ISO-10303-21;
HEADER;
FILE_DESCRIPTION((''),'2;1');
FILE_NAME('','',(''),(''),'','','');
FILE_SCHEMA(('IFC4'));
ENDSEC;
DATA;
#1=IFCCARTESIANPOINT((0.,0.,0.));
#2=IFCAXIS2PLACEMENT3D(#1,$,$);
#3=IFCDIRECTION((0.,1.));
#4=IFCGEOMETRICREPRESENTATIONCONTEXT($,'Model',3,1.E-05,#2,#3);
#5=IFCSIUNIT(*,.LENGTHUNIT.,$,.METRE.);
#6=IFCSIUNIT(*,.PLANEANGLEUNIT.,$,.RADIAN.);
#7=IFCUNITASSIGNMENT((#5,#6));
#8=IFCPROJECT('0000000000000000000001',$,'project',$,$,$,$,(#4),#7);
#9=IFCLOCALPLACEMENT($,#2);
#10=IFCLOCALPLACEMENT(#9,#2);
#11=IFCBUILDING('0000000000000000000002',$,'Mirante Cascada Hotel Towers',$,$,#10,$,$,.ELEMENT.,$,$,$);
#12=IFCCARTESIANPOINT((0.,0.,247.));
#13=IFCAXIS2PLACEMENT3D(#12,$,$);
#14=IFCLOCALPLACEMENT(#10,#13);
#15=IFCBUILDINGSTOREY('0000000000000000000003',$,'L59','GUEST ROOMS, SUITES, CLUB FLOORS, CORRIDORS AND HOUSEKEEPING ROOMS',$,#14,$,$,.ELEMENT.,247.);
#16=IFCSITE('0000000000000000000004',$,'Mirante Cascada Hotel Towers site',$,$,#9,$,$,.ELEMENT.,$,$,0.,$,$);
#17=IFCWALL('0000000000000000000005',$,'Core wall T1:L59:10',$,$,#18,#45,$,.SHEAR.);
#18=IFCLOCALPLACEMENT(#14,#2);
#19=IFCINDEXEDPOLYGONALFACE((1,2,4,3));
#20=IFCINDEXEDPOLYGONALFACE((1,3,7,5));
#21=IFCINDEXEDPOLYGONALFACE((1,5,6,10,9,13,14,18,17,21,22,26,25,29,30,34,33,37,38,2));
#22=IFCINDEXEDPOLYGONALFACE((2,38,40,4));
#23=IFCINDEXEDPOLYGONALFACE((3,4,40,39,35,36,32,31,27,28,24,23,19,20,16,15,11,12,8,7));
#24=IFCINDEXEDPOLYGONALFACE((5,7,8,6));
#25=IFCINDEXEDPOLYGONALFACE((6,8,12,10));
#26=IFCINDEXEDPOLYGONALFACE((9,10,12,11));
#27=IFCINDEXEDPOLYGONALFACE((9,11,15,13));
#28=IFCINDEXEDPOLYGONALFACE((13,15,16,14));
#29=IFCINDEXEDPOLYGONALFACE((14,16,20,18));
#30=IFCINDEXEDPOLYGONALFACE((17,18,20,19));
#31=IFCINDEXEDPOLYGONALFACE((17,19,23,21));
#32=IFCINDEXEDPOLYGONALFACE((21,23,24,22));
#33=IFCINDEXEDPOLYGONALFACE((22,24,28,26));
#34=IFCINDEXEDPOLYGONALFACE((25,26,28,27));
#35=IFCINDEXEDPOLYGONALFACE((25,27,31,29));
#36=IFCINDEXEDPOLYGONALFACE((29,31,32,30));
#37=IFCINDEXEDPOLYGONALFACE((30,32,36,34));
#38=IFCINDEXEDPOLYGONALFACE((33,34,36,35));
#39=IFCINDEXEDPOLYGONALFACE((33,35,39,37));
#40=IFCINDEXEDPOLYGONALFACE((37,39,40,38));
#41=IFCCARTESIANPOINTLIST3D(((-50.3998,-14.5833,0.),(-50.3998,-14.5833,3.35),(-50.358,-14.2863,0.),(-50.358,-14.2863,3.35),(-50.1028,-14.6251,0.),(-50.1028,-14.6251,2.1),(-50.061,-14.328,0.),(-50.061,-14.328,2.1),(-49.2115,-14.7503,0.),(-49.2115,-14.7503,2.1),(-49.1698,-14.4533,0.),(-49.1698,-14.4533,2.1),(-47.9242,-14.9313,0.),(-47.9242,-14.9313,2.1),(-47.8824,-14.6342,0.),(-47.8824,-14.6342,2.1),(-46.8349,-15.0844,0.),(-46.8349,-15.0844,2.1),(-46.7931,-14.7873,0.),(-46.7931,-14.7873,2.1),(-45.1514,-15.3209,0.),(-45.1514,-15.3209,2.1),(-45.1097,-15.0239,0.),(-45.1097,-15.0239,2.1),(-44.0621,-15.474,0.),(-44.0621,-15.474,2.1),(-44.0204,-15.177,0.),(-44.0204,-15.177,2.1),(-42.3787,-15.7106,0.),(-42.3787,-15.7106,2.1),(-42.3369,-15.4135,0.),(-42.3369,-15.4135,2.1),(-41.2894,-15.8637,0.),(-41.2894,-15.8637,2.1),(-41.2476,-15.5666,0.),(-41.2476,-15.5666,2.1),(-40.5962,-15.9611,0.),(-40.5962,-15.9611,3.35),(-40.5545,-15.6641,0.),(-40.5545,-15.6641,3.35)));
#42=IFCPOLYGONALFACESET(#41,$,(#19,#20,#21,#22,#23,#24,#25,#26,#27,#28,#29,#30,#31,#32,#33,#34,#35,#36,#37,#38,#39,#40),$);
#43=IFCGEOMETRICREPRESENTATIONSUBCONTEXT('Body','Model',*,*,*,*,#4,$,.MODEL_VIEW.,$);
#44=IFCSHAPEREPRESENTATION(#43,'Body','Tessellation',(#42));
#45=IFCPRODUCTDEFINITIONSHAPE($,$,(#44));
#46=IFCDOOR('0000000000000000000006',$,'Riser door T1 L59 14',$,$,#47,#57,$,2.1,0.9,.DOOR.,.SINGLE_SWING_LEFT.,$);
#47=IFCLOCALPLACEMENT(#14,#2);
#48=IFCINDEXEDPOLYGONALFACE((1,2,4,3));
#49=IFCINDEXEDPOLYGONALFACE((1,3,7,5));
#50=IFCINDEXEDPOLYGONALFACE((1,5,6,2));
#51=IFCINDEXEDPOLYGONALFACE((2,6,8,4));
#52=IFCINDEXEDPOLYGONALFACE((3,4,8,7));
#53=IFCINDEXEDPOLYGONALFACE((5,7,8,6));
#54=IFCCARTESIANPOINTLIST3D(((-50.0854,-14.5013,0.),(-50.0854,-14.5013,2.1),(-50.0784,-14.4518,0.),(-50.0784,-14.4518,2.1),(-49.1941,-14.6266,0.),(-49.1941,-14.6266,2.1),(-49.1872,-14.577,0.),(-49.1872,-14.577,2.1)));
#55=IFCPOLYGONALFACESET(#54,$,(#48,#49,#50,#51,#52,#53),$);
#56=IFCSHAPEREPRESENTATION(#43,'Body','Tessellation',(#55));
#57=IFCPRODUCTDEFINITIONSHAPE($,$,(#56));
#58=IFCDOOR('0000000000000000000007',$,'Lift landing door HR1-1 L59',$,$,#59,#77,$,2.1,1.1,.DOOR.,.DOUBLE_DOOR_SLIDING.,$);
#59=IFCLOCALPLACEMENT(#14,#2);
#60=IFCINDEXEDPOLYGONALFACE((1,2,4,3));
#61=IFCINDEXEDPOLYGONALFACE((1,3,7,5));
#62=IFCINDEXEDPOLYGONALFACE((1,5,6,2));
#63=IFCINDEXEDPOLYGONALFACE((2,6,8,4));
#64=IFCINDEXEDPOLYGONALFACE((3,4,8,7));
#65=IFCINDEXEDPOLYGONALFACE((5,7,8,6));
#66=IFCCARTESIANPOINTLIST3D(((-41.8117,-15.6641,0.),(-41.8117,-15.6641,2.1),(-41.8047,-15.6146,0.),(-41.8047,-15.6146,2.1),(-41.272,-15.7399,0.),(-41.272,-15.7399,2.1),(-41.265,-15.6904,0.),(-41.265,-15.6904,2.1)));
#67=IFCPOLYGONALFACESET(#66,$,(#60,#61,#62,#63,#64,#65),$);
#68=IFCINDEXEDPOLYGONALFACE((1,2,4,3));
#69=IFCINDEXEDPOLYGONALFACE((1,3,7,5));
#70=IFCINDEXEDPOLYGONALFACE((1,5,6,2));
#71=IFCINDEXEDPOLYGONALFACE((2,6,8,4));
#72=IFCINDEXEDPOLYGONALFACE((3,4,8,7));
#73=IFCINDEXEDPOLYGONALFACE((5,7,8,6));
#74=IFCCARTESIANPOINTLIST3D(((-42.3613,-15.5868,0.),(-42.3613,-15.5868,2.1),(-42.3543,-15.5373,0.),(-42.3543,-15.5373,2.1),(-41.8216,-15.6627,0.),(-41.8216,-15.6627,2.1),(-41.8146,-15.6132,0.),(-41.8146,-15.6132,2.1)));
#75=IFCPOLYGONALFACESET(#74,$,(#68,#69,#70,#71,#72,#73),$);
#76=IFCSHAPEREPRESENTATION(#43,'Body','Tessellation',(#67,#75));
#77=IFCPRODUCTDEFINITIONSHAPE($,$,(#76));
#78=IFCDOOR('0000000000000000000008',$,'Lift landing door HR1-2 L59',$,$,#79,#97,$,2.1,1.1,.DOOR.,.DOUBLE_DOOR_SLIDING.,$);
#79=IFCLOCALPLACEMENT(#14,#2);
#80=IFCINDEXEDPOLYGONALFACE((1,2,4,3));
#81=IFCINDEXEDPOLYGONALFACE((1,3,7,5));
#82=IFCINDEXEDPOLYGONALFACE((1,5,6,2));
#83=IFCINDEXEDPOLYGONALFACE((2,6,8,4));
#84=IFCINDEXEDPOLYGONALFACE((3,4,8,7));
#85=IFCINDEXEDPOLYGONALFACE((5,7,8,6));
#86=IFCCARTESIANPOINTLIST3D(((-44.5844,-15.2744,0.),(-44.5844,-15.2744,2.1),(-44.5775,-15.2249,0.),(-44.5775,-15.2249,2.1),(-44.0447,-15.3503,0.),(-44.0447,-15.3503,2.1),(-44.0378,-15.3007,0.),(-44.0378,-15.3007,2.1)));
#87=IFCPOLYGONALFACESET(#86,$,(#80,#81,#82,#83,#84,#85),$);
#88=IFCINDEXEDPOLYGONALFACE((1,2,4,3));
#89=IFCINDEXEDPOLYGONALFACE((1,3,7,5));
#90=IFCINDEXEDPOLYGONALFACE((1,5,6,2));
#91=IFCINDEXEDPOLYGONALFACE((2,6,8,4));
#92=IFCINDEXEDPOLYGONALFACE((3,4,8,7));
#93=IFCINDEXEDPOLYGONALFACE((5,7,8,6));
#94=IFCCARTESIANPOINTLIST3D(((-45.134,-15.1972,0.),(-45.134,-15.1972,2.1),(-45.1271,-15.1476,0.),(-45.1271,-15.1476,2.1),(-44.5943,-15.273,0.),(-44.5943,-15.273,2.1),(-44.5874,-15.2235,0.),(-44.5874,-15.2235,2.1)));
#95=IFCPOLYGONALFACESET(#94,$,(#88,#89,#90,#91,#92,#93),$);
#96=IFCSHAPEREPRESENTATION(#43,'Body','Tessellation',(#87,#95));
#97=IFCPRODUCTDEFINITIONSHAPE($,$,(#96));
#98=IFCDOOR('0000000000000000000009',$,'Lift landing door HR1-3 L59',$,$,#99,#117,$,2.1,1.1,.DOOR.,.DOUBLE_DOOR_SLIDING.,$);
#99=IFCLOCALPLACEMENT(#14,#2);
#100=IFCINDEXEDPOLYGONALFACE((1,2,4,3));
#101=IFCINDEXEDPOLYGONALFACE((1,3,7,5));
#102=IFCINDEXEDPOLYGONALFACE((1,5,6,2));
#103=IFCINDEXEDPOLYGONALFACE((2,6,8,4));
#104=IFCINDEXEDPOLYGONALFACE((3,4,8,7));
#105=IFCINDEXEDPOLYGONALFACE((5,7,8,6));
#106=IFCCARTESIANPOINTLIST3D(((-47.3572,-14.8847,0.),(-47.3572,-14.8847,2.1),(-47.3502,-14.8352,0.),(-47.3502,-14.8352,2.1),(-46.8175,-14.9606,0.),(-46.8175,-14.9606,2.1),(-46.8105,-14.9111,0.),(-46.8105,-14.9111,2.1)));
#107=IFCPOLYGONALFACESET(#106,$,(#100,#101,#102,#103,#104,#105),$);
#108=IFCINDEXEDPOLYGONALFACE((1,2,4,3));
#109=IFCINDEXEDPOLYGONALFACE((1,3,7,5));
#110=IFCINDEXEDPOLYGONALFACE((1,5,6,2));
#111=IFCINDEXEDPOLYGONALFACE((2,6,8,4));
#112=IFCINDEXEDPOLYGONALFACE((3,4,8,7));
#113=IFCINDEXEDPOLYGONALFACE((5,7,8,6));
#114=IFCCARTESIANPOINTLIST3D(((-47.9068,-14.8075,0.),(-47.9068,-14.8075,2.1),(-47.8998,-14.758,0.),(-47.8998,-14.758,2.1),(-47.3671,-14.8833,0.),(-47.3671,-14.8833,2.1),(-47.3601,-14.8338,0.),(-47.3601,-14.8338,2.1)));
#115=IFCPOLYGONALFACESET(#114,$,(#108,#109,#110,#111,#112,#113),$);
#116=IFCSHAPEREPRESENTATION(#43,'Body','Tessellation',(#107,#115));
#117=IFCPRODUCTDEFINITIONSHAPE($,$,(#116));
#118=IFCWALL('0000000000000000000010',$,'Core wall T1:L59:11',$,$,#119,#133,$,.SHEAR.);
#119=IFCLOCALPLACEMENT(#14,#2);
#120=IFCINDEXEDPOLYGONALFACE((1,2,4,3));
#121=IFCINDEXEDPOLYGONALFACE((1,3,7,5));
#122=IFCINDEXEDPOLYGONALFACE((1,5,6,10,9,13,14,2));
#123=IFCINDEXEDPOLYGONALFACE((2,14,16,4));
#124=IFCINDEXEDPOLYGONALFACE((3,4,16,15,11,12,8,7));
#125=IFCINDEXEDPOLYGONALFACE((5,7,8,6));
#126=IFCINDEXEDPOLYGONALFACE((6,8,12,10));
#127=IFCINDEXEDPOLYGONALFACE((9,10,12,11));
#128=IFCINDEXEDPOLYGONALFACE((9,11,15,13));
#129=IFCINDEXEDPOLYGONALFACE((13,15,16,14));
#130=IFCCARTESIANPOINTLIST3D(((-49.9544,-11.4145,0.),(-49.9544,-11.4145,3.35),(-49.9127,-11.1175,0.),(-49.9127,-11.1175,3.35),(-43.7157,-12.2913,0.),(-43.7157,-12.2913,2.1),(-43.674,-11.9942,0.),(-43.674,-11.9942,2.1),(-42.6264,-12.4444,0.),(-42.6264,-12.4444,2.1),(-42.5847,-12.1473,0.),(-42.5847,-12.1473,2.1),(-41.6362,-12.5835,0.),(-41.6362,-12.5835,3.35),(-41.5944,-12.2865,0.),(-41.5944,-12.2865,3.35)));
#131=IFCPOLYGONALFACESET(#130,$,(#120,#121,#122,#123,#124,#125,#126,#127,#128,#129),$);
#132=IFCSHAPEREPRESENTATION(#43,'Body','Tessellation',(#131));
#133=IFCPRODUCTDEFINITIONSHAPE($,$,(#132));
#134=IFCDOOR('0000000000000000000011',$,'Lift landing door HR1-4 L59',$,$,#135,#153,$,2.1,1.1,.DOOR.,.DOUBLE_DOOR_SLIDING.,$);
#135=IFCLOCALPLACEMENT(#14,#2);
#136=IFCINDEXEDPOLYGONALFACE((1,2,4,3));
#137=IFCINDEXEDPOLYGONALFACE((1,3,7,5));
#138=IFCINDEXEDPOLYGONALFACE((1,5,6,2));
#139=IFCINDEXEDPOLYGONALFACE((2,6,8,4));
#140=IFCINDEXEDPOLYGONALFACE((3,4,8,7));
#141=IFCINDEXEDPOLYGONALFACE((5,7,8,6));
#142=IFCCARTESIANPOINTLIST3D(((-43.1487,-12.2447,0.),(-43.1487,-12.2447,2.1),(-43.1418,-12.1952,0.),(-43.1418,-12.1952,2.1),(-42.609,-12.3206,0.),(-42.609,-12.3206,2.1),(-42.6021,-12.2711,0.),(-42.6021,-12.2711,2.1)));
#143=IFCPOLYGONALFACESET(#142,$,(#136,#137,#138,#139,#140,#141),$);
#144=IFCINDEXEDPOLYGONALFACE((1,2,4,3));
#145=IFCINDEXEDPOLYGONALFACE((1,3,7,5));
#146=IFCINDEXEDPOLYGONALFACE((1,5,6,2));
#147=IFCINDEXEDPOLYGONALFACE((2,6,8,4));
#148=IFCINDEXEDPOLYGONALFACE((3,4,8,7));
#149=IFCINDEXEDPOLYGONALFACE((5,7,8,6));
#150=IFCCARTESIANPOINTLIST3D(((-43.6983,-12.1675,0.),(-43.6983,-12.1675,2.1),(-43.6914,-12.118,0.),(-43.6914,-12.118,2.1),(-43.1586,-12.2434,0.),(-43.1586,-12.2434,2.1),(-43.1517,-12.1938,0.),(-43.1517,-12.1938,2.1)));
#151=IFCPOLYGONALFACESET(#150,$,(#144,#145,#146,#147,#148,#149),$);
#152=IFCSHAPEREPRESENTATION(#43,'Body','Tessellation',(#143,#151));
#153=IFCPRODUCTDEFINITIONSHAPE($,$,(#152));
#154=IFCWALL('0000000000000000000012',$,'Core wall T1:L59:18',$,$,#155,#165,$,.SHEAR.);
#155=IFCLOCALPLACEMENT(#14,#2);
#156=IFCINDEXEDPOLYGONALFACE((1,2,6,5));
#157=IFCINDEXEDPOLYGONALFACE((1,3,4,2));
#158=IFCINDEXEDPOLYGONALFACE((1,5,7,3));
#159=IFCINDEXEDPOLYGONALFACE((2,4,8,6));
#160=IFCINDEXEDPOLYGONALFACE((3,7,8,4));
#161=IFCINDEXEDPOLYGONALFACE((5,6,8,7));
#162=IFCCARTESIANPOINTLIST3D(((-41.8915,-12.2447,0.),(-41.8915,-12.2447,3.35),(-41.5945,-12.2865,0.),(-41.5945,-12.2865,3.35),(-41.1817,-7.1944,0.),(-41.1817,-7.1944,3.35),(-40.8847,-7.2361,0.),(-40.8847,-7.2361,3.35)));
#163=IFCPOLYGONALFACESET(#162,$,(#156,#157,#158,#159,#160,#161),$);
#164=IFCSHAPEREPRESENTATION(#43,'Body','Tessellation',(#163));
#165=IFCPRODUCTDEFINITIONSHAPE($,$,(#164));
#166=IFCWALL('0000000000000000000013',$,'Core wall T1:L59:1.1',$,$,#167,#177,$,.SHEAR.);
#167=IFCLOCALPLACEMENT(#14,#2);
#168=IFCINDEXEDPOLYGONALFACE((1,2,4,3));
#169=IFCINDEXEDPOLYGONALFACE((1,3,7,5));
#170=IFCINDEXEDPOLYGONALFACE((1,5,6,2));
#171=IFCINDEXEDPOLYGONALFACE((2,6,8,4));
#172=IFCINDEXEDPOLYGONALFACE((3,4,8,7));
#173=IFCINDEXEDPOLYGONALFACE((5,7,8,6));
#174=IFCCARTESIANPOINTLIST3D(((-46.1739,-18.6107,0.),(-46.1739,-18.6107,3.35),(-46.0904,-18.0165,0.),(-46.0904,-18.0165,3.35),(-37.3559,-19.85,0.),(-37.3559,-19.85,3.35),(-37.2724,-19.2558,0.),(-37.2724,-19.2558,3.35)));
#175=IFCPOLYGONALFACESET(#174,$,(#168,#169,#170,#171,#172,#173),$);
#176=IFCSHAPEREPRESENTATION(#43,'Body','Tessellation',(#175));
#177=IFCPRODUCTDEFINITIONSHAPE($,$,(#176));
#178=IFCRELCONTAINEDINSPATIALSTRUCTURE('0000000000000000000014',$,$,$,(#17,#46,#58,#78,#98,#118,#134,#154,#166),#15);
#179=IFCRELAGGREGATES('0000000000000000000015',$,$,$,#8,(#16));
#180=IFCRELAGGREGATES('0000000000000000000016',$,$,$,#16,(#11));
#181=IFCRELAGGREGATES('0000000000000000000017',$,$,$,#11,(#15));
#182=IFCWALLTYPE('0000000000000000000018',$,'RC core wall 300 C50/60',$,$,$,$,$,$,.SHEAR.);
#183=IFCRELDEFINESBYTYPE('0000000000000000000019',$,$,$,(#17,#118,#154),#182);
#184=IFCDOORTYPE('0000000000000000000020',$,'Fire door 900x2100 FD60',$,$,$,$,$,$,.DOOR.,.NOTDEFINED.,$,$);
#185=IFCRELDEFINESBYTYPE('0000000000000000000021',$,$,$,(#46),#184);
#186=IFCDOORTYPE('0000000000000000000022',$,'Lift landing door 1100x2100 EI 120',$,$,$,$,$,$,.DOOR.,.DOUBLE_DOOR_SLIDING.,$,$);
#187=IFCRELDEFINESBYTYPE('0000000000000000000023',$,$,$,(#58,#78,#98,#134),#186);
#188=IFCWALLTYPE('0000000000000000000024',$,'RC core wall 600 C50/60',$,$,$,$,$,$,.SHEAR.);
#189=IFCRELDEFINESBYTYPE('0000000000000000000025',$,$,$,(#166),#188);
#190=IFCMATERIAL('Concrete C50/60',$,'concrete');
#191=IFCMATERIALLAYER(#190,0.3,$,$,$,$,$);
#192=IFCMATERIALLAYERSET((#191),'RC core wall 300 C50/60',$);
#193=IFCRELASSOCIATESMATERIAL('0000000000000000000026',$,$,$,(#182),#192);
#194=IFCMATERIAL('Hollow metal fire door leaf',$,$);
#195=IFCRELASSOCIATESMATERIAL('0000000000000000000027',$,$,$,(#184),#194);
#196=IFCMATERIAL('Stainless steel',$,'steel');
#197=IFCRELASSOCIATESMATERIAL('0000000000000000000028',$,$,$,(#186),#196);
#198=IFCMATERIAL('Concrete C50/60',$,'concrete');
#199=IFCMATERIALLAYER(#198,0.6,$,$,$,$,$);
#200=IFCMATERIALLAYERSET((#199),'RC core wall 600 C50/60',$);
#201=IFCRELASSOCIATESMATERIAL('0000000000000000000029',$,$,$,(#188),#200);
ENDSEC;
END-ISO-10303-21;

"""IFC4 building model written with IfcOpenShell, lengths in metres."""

from ifc_helpers import new_model, si_unit, direction, frame, frame_2d, origin, place, context, subcontext, project, spatial, rectangle, extrude, material, layer, layer_set, type_object, element, fill, save


model = new_model("IFC4")

# Units and contexts
model_context = context("Model", 3, precision=1e-05, world=origin(), true_north=direction((0.0, 1.0)))
body_context = subcontext(model_context, "Body", "Model", "MODEL_VIEW")
ifc_project = project(units=[si_unit("LENGTHUNIT", "METRE"), si_unit("PLANEANGLEUNIT", "RADIAN")], contexts=[model_context])

# Site, building, storey
site_placement = place(None, origin())
site = spatial("IfcSite", under=ifc_project, at=site_placement, Name="Mirante Cascada Hotel Towers site", CompositionType="ELEMENT", RefElevation=0.0)
building_placement = place(site_placement, origin())
building = spatial("IfcBuilding", under=site, at=building_placement, Name="Mirante Cascada Hotel Towers", CompositionType="ELEMENT")
storey_placement = place(building_placement, frame((0.0, 0.0, 247.0)))
storey = spatial("IfcBuildingStorey", under=building, at=storey_placement, Name="L59", Description="GUEST ROOMS, SUITES, CLUB FLOORS, CORRIDORS AND HOUSEKEEPING ROOMS", CompositionType="ELEMENT", Elevation=247.0)

# Shared definitions
ifc_material_1 = material(Name="Concrete C50/60", Category="concrete")
ifc_layer_1 = layer(ifc_material_1, 0.3)
ifc_layer_set_1 = layer_set([ifc_layer_1], Name="RC core wall 300 C50/60")
wall_type_1 = type_object("IfcWallType", Name="RC core wall 300 C50/60", PredefinedType="SHEAR", material=ifc_layer_set_1)

# Wall, openings, doors
wall_1_placement = place(storey_placement, frame((-40.5753, -15.8126, 0.0), z_axis=(0.0, 0.0, 1.0), x_axis=(-0.990268, 0.139173, 0.0)))
wall_1 = element("IfcWall", 1, at=wall_1_placement, inside=storey, type_object=wall_type_1, Name="Core wall T1:L59:10", PredefinedType="SHEAR", context=body_context, shape_type="SweptSolid", body=[
    extrude(rectangle(XDim=9.8999, YDim=0.3, at=frame_2d((4.95, 0.0))), origin(), (0.0, 0.0, 1.0), 3.35),
])
opening_1_placement = place(wall_1_placement, frame((0.7, 0.0, 0.0)))
opening_1 = element("IfcOpeningElement", 2, at=opening_1_placement, cuts=wall_1, PredefinedType="OPENING", context=body_context, shape_type="SweptSolid", body=[
    extrude(rectangle(XDim=1.1, YDim=2.1, at=frame_2d((0.55, 1.05))), frame((0.0, 0.15, 0.0), z_axis=(0.0, -1.0, 0.0), x_axis=(1.0, 0.0, 0.0)), (0.0, 0.0, 1.0), 0.3),
])
opening_2_placement = place(wall_1_placement, frame((3.5, 0.0, 0.0)))
opening_2 = element("IfcOpeningElement", 3, at=opening_2_placement, cuts=wall_1, PredefinedType="OPENING", context=body_context, shape_type="SweptSolid", body=[
    extrude(rectangle(XDim=1.1, YDim=2.1, at=frame_2d((0.55, 1.05))), frame((0.0, 0.15, 0.0), z_axis=(0.0, -1.0, 0.0), x_axis=(1.0, 0.0, 0.0)), (0.0, 0.0, 1.0), 0.3),
])
opening_3_placement = place(wall_1_placement, frame((6.3, 0.0, 0.0)))
opening_3 = element("IfcOpeningElement", 4, at=opening_3_placement, cuts=wall_1, PredefinedType="OPENING", context=body_context, shape_type="SweptSolid", body=[
    extrude(rectangle(XDim=1.1, YDim=2.1, at=frame_2d((0.55, 1.05))), frame((0.0, 0.15, 0.0), z_axis=(0.0, -1.0, 0.0), x_axis=(1.0, 0.0, 0.0)), (0.0, 0.0, 1.0), 0.3),
])
opening_4_placement = place(wall_1_placement, frame((8.7, 0.0, 0.0)))
opening_4 = element("IfcOpeningElement", 5, at=opening_4_placement, cuts=wall_1, PredefinedType="OPENING", context=body_context, shape_type="SweptSolid", body=[
    extrude(rectangle(XDim=0.9, YDim=2.1, at=frame_2d((0.45, 1.05))), frame((0.0, 0.15, 0.0), z_axis=(0.0, -1.0, 0.0), x_axis=(1.0, 0.0, 0.0)), (0.0, 0.0, 1.0), 0.3),
])
ifc_material_2 = material(Name="Hollow metal fire door leaf")
door_type_1 = type_object("IfcDoorType", Name="Fire door 900x2100 FD60", OperationType="NOTDEFINED", PredefinedType="DOOR", material=ifc_material_2)
door_1_placement = place(opening_4_placement, origin())
door_1 = element("IfcDoor", 6, at=door_1_placement, inside=storey, type_object=door_type_1, Name="Riser door T1 L59 14", OperationType="SINGLE_SWING_LEFT", OverallHeight=2.1, OverallWidth=0.9, PredefinedType="DOOR", context=body_context, shape_type="SweptSolid", body=[
    extrude(rectangle(XDim=0.9, YDim=2.1, at=frame_2d((0.45, 1.05))), frame((0.0, 0.025, 0.0), z_axis=(0.0, -1.0, 0.0), x_axis=(1.0, 0.0, 0.0)), (0.0, 0.0, 1.0), 0.05),
])
fill(opening_4, door_1)
ifc_material_3 = material(Name="Stainless steel", Category="steel")
door_type_2 = type_object("IfcDoorType", Name="Lift landing door 1100x2100 EI 120", OperationType="DOUBLE_DOOR_SLIDING", PredefinedType="DOOR", material=ifc_material_3)
door_2_placement = place(opening_1_placement, origin())
door_2 = element("IfcDoor", 7, at=door_2_placement, inside=storey, type_object=door_type_2, Name="Lift landing door HR1-1 L59", OperationType="DOUBLE_DOOR_SLIDING", OverallHeight=2.1, OverallWidth=1.1, PredefinedType="DOOR", context=body_context, shape_type="SweptSolid", body=[
    extrude(rectangle(XDim=0.545, YDim=2.1, at=frame_2d((0.2725, 1.05))), frame((0.0, 0.025, 0.0), z_axis=(0.0, -1.0, 0.0), x_axis=(1.0, 0.0, 0.0)), (0.0, 0.0, 1.0), 0.05),
    extrude(rectangle(XDim=0.545, YDim=2.1, at=frame_2d((0.8275, 1.05))), frame((0.0, 0.025, 0.0), z_axis=(0.0, -1.0, 0.0), x_axis=(1.0, 0.0, 0.0)), (0.0, 0.0, 1.0), 0.05),
])
fill(opening_1, door_2)
door_3_placement = place(opening_2_placement, origin())
door_3 = element("IfcDoor", 8, at=door_3_placement, inside=storey, type_object=door_type_2, Name="Lift landing door HR1-2 L59", OperationType="DOUBLE_DOOR_SLIDING", OverallHeight=2.1, OverallWidth=1.1, PredefinedType="DOOR", context=body_context, shape_type="SweptSolid", body=[
    extrude(rectangle(XDim=0.545, YDim=2.1, at=frame_2d((0.2725, 1.05))), frame((0.0, 0.025, 0.0), z_axis=(0.0, -1.0, 0.0), x_axis=(1.0, 0.0, 0.0)), (0.0, 0.0, 1.0), 0.05),
    extrude(rectangle(XDim=0.545, YDim=2.1, at=frame_2d((0.8275, 1.05))), frame((0.0, 0.025, 0.0), z_axis=(0.0, -1.0, 0.0), x_axis=(1.0, 0.0, 0.0)), (0.0, 0.0, 1.0), 0.05),
])
fill(opening_2, door_3)
door_4_placement = place(opening_3_placement, origin())
door_4 = element("IfcDoor", 9, at=door_4_placement, inside=storey, type_object=door_type_2, Name="Lift landing door HR1-3 L59", OperationType="DOUBLE_DOOR_SLIDING", OverallHeight=2.1, OverallWidth=1.1, PredefinedType="DOOR", context=body_context, shape_type="SweptSolid", body=[
    extrude(rectangle(XDim=0.545, YDim=2.1, at=frame_2d((0.2725, 1.05))), frame((0.0, 0.025, 0.0), z_axis=(0.0, -1.0, 0.0), x_axis=(1.0, 0.0, 0.0)), (0.0, 0.0, 1.0), 0.05),
    extrude(rectangle(XDim=0.545, YDim=2.1, at=frame_2d((0.8275, 1.05))), frame((0.0, 0.025, 0.0), z_axis=(0.0, -1.0, 0.0), x_axis=(1.0, 0.0, 0.0)), (0.0, 0.0, 1.0), 0.05),
])
fill(opening_3, door_4)

# Wall, opening, door
wall_2_placement = place(storey_placement, frame((-41.6153, -12.435, 0.0), z_axis=(0.0, 0.0, 1.0), x_axis=(-0.990269, 0.139166, 0.0)))
wall_2 = element("IfcWall", 10, at=wall_2_placement, inside=storey, type_object=wall_type_1, Name="Core wall T1:L59:11", PredefinedType="SHEAR", context=body_context, shape_type="SweptSolid", body=[
    extrude(rectangle(XDim=8.4, YDim=0.3, at=frame_2d((4.2, 0.0))), origin(), (0.0, 0.0, 1.0), 3.35),
])
opening_5_placement = place(wall_2_placement, frame((1.0, 0.0, 0.0)))
opening_5 = element("IfcOpeningElement", 11, at=opening_5_placement, cuts=wall_2, PredefinedType="OPENING", context=body_context, shape_type="SweptSolid", body=[
    extrude(rectangle(XDim=1.1, YDim=2.1, at=frame_2d((0.55, 1.05))), frame((0.0, 0.15, 0.0), z_axis=(0.0, -1.0, 0.0), x_axis=(1.0, 0.0, 0.0)), (0.0, 0.0, 1.0), 0.3),
])
door_5_placement = place(opening_5_placement, origin())
door_5 = element("IfcDoor", 12, at=door_5_placement, inside=storey, type_object=door_type_2, Name="Lift landing door HR1-4 L59", OperationType="DOUBLE_DOOR_SLIDING", OverallHeight=2.1, OverallWidth=1.1, PredefinedType="DOOR", context=body_context, shape_type="SweptSolid", body=[
    extrude(rectangle(XDim=0.545, YDim=2.1, at=frame_2d((0.2725, 1.05))), frame((0.0, 0.025, 0.0), z_axis=(0.0, -1.0, 0.0), x_axis=(1.0, 0.0, 0.0)), (0.0, 0.0, 1.0), 0.05),
    extrude(rectangle(XDim=0.545, YDim=2.1, at=frame_2d((0.8275, 1.05))), frame((0.0, 0.025, 0.0), z_axis=(0.0, -1.0, 0.0), x_axis=(1.0, 0.0, 0.0)), (0.0, 0.0, 1.0), 0.05),
])
fill(opening_5, door_5)

# Walls
wall_3_placement = place(storey_placement, frame((-41.743, -12.2656, 0.0), z_axis=(0.0, 0.0, 1.0), x_axis=(0.139176, 0.990268, 0.0)))
element("IfcWall", 13, at=wall_3_placement, inside=storey, type_object=wall_type_1, Name="Core wall T1:L59:18", PredefinedType="SHEAR", context=body_context, shape_type="SweptSolid", body=[
    extrude(rectangle(XDim=5.1, YDim=0.3, at=frame_2d((2.55, 0.0))), origin(), (0.0, 0.0, 1.0), 3.35),
])
ifc_material_4 = material(Name="Concrete C50/60", Category="concrete")
ifc_layer_2 = layer(ifc_material_4, 0.6)
ifc_layer_set_2 = layer_set([ifc_layer_2], Name="RC core wall 600 C50/60")
wall_type_2 = type_object("IfcWallType", Name="RC core wall 600 C50/60", PredefinedType="SHEAR", material=ifc_layer_set_2)
wall_4_placement = place(storey_placement, frame((-37.3141, -19.5529, 0.0), z_axis=(0.0, 0.0, 1.0), x_axis=(-0.990268, 0.139174, 0.0)))
element("IfcWall", 14, at=wall_4_placement, inside=storey, type_object=wall_type_2, Name="Core wall T1:L59:1.1", PredefinedType="SHEAR", context=body_context, shape_type="SweptSolid", body=[
    extrude(rectangle(XDim=8.9047, YDim=0.6, at=frame_2d((4.4524, 0.0))), origin(), (0.0, 0.0, 1.0), 3.35),
])

save(model, "model.ifc")
